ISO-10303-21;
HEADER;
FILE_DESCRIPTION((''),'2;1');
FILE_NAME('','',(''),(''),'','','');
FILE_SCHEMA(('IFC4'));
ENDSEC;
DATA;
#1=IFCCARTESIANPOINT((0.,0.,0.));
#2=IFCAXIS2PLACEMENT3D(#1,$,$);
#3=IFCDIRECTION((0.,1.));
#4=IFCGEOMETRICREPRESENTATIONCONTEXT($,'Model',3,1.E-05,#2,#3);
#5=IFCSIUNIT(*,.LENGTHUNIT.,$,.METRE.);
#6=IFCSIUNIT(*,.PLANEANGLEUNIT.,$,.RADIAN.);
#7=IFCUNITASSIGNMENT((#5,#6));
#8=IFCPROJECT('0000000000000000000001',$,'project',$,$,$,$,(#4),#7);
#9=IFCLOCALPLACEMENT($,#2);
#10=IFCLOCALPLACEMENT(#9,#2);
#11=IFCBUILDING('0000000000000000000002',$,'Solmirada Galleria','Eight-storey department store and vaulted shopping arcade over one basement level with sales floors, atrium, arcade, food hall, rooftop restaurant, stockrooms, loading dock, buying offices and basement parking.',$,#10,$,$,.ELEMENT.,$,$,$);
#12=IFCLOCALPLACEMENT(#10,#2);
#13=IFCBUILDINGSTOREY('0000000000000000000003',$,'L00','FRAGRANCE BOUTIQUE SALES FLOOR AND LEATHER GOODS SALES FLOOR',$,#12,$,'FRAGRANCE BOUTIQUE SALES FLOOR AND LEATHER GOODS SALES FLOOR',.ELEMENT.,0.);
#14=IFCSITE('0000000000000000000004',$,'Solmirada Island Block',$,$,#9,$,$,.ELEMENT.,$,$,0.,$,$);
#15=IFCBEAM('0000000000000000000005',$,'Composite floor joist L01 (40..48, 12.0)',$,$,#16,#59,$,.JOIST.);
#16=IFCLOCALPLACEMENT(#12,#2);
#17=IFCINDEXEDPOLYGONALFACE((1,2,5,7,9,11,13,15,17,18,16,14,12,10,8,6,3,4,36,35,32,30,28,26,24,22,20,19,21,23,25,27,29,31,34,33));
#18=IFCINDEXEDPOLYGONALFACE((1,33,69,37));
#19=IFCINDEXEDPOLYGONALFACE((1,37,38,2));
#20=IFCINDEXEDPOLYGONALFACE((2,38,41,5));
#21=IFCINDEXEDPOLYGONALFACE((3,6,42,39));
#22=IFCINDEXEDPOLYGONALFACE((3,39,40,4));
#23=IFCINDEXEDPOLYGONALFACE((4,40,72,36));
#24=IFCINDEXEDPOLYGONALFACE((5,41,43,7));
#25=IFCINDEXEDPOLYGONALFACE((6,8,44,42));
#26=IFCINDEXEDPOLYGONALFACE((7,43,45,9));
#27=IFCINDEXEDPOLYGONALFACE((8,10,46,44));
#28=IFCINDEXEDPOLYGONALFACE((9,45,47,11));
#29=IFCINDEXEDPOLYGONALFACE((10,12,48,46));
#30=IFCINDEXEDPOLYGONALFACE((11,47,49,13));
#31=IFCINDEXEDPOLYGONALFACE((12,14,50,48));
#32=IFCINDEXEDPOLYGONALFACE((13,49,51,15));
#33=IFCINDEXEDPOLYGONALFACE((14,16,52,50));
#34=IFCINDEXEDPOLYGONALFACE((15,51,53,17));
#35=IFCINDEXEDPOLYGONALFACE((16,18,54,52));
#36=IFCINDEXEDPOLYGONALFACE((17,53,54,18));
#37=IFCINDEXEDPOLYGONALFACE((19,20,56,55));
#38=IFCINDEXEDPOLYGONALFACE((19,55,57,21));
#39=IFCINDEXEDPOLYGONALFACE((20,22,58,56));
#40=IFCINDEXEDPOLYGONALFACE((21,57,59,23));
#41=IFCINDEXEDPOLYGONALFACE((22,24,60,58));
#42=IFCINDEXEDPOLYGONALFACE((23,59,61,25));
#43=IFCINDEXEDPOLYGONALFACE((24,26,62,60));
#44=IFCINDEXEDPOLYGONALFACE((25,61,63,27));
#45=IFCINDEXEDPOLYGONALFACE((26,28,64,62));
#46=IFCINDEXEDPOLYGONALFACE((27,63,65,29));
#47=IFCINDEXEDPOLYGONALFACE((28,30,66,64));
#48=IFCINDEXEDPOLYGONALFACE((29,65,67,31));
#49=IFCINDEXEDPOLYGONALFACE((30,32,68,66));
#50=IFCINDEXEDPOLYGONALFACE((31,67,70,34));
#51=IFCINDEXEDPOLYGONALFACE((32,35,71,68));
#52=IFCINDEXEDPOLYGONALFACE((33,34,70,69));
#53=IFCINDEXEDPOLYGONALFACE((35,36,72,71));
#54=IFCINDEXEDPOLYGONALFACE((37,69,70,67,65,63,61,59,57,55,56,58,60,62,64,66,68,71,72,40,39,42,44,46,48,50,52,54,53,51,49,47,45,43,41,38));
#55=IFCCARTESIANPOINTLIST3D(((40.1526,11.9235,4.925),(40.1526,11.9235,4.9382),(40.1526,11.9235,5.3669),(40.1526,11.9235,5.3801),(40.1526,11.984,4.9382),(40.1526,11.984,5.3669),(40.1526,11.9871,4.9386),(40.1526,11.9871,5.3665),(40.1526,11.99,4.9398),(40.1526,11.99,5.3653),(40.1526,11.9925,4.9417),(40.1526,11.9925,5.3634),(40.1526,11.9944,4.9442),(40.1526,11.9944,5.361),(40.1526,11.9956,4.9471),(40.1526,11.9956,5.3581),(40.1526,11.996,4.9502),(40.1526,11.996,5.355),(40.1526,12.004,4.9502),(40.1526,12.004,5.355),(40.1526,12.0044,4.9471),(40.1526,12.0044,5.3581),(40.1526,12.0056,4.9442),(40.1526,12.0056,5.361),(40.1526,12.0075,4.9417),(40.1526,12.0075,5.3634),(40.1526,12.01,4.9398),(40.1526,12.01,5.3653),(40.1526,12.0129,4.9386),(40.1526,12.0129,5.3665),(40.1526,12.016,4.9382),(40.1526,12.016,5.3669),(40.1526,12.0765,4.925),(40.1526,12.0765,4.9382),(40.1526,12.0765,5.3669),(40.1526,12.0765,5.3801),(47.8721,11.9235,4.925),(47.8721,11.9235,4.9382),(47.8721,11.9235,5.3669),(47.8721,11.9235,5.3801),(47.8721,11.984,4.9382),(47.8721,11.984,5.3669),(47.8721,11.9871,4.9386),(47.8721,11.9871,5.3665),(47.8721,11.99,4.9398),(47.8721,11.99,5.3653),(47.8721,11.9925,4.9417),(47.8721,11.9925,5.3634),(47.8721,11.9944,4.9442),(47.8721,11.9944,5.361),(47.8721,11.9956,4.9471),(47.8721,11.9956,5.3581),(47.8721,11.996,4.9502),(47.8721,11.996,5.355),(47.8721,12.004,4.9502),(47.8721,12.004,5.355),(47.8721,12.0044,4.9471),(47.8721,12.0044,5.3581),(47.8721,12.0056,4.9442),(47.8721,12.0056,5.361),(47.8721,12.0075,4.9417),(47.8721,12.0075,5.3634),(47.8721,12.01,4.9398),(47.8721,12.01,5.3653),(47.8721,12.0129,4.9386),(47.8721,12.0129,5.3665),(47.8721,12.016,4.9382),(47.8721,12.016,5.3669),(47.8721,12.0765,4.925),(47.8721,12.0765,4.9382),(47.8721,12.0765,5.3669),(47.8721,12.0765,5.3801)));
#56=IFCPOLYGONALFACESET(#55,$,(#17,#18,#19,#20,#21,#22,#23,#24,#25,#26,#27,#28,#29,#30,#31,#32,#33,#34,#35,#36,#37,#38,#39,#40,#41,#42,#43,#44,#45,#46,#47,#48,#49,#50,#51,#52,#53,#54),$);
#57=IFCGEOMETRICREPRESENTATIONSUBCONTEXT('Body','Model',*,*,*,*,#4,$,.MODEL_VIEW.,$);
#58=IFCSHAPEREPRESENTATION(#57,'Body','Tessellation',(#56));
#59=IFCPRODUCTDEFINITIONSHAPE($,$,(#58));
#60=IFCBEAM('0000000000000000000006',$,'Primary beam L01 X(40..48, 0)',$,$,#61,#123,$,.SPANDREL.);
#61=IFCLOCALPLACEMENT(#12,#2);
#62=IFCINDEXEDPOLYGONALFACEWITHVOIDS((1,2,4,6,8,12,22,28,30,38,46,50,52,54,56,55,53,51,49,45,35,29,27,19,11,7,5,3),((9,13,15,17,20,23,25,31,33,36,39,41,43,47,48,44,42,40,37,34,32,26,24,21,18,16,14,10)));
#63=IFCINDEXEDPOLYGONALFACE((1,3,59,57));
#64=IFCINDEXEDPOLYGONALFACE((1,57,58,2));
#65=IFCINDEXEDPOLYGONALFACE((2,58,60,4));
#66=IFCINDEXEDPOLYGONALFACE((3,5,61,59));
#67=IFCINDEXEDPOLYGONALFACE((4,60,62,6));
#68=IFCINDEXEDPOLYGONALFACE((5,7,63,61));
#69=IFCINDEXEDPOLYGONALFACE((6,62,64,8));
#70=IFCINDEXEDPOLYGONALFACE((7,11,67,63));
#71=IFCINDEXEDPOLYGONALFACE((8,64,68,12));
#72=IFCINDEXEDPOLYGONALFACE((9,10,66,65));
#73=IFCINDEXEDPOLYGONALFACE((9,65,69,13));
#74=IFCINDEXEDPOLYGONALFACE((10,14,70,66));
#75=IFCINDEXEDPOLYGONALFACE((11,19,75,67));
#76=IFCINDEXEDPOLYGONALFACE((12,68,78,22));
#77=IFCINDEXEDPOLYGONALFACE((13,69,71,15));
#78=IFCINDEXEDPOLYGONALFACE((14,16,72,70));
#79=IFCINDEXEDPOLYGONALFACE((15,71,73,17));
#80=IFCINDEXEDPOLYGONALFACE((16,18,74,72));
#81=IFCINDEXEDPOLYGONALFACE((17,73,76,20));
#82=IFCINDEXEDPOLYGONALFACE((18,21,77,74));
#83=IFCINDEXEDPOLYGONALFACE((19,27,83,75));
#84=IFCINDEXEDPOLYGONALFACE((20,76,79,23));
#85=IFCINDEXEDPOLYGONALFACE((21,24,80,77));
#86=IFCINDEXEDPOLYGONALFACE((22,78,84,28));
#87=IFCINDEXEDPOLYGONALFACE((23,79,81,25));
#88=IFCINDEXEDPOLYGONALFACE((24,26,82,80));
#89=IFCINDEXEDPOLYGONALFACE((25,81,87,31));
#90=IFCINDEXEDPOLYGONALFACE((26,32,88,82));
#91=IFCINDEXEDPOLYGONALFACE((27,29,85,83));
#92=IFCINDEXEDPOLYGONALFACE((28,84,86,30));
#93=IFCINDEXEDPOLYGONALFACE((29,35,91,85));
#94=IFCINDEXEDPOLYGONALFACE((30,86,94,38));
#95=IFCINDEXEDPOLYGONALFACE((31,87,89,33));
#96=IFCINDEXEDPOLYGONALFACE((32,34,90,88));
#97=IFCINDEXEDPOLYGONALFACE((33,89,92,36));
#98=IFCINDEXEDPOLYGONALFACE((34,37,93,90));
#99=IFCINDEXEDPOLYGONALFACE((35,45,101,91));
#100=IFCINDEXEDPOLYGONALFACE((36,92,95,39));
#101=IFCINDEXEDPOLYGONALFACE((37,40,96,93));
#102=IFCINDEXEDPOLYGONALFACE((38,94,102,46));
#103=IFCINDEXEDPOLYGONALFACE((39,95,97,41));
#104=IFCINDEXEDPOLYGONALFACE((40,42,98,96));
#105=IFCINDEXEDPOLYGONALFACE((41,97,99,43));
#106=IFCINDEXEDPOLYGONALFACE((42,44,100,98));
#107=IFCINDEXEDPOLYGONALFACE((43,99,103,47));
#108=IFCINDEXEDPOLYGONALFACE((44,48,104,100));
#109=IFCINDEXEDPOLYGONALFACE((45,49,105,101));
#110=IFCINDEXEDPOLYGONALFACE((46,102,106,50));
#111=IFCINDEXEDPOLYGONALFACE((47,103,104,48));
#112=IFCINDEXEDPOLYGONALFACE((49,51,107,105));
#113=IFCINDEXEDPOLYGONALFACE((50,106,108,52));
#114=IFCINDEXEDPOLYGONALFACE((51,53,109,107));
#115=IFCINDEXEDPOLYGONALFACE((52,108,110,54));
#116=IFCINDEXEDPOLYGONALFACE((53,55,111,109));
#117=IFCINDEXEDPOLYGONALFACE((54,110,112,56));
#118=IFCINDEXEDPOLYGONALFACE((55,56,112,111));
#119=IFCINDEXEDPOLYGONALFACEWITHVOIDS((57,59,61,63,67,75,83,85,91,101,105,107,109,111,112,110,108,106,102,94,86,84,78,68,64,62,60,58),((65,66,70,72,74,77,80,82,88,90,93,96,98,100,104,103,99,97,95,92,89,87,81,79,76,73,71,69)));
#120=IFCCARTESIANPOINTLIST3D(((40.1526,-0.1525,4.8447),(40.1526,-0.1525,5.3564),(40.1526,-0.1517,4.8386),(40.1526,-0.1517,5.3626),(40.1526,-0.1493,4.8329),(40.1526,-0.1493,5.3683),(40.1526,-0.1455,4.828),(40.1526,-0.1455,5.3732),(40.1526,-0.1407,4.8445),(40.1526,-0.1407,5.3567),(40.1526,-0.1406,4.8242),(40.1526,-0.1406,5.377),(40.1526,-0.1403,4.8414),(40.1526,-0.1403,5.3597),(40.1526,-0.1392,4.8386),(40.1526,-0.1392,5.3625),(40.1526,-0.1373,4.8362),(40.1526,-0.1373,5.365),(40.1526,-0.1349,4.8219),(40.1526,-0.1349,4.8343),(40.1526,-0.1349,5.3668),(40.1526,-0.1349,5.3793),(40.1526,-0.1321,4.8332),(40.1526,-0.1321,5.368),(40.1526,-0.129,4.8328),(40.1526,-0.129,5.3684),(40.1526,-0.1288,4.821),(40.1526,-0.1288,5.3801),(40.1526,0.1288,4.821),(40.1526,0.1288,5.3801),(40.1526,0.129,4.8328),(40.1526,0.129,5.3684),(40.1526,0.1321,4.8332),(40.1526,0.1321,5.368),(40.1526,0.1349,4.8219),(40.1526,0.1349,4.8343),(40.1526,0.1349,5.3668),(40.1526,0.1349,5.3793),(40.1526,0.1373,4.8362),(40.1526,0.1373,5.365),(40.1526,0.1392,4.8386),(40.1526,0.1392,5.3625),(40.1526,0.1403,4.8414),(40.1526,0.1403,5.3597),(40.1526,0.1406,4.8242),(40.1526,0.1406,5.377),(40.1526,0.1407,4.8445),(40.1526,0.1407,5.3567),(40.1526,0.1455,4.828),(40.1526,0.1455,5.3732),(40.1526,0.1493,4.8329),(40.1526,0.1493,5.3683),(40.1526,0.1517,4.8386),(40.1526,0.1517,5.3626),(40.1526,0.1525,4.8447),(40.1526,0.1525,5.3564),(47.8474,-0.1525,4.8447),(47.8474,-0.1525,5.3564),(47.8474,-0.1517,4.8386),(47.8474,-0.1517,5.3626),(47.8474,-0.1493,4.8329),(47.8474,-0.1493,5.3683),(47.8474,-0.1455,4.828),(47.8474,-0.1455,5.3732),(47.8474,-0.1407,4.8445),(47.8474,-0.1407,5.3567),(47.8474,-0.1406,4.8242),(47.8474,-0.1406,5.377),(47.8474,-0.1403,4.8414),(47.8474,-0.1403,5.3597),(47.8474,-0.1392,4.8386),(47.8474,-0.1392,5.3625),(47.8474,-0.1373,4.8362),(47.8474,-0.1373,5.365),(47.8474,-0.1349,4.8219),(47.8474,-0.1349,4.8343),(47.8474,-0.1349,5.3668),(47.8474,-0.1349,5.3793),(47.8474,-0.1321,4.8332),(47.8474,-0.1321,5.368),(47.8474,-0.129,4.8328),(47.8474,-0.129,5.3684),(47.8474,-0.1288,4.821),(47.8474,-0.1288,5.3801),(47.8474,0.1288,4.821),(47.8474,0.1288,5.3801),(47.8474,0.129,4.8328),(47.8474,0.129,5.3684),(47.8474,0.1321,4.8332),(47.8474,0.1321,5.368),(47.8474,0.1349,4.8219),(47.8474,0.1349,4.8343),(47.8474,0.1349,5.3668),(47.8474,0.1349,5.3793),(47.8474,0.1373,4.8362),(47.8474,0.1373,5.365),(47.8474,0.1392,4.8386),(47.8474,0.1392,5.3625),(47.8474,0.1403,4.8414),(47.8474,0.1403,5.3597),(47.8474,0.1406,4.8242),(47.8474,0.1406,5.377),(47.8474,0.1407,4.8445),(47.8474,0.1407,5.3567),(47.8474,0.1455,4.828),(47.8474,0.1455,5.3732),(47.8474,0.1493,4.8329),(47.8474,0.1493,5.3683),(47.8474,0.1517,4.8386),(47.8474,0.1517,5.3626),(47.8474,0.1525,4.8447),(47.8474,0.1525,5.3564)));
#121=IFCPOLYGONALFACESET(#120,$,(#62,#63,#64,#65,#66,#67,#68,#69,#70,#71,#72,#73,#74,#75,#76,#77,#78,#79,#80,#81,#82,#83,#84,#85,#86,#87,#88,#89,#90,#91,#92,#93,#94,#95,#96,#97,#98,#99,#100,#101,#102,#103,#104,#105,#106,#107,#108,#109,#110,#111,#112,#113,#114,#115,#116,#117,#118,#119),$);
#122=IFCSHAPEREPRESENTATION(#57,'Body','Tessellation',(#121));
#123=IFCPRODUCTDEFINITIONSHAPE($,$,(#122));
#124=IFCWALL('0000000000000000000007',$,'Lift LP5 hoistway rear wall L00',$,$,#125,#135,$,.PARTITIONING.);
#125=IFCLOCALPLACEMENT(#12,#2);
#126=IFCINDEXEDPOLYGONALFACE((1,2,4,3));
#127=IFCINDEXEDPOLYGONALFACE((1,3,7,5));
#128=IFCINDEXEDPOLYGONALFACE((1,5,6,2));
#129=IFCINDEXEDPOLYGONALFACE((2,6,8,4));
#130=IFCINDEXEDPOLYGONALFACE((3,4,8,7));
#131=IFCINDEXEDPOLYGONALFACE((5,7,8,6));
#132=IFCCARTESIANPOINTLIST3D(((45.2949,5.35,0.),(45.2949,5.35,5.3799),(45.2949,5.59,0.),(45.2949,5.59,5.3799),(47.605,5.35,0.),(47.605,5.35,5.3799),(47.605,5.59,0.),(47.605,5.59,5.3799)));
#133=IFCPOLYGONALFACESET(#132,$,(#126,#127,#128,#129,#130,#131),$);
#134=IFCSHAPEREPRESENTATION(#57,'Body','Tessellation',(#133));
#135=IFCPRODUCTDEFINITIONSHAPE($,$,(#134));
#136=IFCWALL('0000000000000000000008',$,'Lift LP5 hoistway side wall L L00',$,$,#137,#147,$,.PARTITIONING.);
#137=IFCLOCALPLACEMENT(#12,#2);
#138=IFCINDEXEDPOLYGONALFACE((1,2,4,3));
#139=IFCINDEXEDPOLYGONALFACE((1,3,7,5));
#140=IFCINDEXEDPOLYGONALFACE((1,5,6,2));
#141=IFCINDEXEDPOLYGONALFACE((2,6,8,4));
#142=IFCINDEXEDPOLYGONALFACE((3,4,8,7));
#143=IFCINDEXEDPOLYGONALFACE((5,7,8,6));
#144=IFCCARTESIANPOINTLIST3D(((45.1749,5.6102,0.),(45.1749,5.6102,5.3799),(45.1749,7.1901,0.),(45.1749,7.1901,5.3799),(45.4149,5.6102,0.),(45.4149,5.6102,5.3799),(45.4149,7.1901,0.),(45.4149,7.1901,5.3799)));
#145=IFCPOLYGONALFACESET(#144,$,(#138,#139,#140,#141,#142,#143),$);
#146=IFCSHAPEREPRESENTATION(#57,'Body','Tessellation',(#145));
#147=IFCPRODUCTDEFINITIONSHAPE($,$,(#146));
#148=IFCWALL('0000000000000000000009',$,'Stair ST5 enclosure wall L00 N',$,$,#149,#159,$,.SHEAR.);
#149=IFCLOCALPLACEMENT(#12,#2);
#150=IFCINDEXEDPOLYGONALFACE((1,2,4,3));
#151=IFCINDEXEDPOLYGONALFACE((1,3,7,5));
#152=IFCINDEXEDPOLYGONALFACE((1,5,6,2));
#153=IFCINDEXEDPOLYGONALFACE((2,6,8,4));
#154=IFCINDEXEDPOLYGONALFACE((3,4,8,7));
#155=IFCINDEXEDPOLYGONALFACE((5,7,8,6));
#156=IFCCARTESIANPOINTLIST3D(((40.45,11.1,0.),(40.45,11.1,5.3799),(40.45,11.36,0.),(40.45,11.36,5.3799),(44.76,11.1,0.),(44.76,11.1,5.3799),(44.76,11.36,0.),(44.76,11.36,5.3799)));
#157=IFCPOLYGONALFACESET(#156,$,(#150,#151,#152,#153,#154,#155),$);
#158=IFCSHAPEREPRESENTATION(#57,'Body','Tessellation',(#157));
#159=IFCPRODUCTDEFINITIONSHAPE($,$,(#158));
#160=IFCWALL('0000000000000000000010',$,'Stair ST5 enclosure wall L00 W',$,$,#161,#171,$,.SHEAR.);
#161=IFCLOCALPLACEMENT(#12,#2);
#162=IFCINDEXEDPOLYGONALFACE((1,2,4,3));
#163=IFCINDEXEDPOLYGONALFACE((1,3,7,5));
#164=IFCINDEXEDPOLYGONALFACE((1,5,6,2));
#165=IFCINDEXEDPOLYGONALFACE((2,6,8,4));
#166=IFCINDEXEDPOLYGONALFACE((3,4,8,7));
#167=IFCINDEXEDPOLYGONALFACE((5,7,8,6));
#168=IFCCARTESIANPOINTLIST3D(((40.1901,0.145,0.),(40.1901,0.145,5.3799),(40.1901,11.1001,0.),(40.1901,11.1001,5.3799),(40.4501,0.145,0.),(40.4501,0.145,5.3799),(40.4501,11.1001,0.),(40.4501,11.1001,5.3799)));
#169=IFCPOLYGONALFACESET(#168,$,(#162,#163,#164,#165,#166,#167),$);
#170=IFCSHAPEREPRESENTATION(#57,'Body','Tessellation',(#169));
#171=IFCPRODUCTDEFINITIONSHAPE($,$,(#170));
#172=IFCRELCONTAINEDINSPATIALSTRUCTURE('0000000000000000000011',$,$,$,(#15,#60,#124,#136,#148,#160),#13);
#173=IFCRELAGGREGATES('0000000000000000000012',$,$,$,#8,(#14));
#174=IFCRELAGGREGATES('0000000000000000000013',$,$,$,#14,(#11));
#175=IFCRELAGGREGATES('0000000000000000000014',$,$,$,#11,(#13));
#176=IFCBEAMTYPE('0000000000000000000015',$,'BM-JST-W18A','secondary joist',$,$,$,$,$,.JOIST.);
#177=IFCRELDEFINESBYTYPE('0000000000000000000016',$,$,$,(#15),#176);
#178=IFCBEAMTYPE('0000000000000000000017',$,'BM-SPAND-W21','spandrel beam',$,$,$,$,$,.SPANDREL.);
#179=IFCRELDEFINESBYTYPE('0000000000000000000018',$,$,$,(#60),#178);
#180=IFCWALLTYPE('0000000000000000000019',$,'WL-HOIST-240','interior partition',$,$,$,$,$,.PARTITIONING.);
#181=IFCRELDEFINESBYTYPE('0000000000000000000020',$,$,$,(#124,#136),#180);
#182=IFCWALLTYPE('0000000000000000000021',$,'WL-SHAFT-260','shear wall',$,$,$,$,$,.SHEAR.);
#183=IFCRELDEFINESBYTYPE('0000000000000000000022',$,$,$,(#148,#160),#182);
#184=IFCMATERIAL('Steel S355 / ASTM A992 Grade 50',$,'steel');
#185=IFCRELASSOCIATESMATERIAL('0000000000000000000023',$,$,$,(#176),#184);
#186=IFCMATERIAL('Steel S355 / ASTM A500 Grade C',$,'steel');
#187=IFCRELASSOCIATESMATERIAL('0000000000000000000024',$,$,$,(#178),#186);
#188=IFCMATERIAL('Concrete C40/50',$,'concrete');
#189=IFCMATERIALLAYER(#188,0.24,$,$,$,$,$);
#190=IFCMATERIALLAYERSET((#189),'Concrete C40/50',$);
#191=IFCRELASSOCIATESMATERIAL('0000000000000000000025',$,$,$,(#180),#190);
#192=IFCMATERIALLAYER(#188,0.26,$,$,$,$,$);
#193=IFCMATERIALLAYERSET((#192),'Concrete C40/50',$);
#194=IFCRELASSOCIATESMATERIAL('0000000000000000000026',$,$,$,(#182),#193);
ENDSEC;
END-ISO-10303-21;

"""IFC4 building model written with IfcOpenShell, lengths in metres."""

from ifc_helpers import new_model, si_unit, direction, frame, frame_2d, origin, origin_2d, place, context, subcontext, project, spatial, rectangle, hollow_rectangle, i_section, extrude, material, layer, layer_set, material_profile, profile_set, type_object, element, save


model = new_model("IFC4")

# Units and contexts
model_context = context("Model", 3, precision=1e-05, world=origin(), true_north=direction((0.0, 1.0)))
body_context = subcontext(model_context, "Body", "Model", "MODEL_VIEW")
ifc_project = project(units=[si_unit("LENGTHUNIT", "METRE"), si_unit("PLANEANGLEUNIT", "RADIAN")], contexts=[model_context])

# Site, building, storey
site_placement = place(None, origin())
site = spatial("IfcSite", under=ifc_project, at=site_placement, Name="Solmirada Island Block", CompositionType="ELEMENT", RefElevation=0.0)
building_placement = place(site_placement, origin())
building = spatial("IfcBuilding", under=site, at=building_placement, Name="Solmirada Galleria", Description="Eight-storey department store and vaulted shopping arcade over one basement level with sales floors, atrium, arcade, food hall, rooftop restaurant, stockrooms, loading dock, buying offices and basement parking.", CompositionType="ELEMENT")
storey_placement = place(building_placement, origin())
storey = spatial("IfcBuildingStorey", under=building, at=storey_placement, Name="L00", Description="FRAGRANCE BOUTIQUE SALES FLOOR AND LEATHER GOODS SALES FLOOR", LongName="FRAGRANCE BOUTIQUE SALES FLOOR AND LEATHER GOODS SALES FLOOR", CompositionType="ELEMENT", Elevation=0.0)

# Beams
ifc_material_1 = material(Name="Steel S355 / ASTM A992 Grade 50", Category="steel")
ifc_material_profile_1 = material_profile(ifc_material_1, i_section(OverallWidth=0.1531, OverallDepth=0.4551, WebThickness=0.0081, FlangeThickness=0.0132, FilletRadius=0.012, at=origin_2d()), Name="W18X40")
ifc_profile_set_1 = profile_set([ifc_material_profile_1], Name="Steel S355 / ASTM A992 Grade 50")
beam_type_1 = type_object("IfcBeamType", Name="BM-JST-W18A", Description="secondary joist", PredefinedType="JOIST", material=ifc_profile_set_1)
beam_1_placement = place(storey_placement, frame((40.1526, 12.0, 5.1526), z_axis=(1.0, 0.0, 0.0), x_axis=(0.0, 1.0, 0.0)))
element("IfcBeam", 1, at=beam_1_placement, inside=storey, type_object=beam_type_1, Name="Composite floor joist L01 (40..48, 12.0)", PredefinedType="JOIST", context=body_context, shape_type="SweptSolid", body=[
    extrude(i_section(OverallWidth=0.1531, OverallDepth=0.4551, WebThickness=0.0081, FlangeThickness=0.0132, FilletRadius=0.012, at=origin_2d()), origin(), (0.0, 0.0, 1.0), 7.7195),
])
ifc_material_2 = material(Name="Steel S355 / ASTM A500 Grade C", Category="steel")
ifc_material_profile_2 = material_profile(ifc_material_2, hollow_rectangle(XDim=0.3049, YDim=0.5591, WallThickness=0.0117, InnerFilletRadius=0.0117, OuterFilletRadius=0.0237, at=origin_2d()), Name="HSS22X12X1/2")
ifc_profile_set_2 = profile_set([ifc_material_profile_2], Name="Steel S355 / ASTM A500 Grade C")
beam_type_2 = type_object("IfcBeamType", Name="BM-SPAND-W21", Description="spandrel beam", PredefinedType="SPANDREL", material=ifc_profile_set_2)
beam_2_placement = place(storey_placement, frame((40.1526, 0.0, 5.1006), z_axis=(1.0, 0.0, 0.0), x_axis=(0.0, 1.0, 0.0)))
element("IfcBeam", 2, at=beam_2_placement, inside=storey, type_object=beam_type_2, Name="Primary beam L01 X(40..48, 0)", PredefinedType="SPANDREL", context=body_context, shape_type="SweptSolid", body=[
    extrude(hollow_rectangle(XDim=0.3049, YDim=0.5591, WallThickness=0.0117, InnerFilletRadius=0.0117, OuterFilletRadius=0.0237, at=origin_2d()), origin(), (0.0, 0.0, 1.0), 7.6948),
])

# Walls
ifc_material_3 = material(Name="Concrete C40/50", Category="concrete")
ifc_layer_1 = layer(ifc_material_3, 0.24)
ifc_layer_set_1 = layer_set([ifc_layer_1], Name="Concrete C40/50")
wall_type_1 = type_object("IfcWallType", Name="WL-HOIST-240", Description="interior partition", PredefinedType="PARTITIONING", material=ifc_layer_set_1)
wall_1_placement = place(storey_placement, frame((45.2949, 5.47, 0.0), z_axis=(0.0, 0.0, 1.0), x_axis=(1.0, 0.0, 0.0)))
element("IfcWall", 3, at=wall_1_placement, inside=storey, type_object=wall_type_1, Name="Lift LP5 hoistway rear wall L00", PredefinedType="PARTITIONING", context=body_context, shape_type="SweptSolid", body=[
    extrude(rectangle(XDim=2.3101, YDim=0.24, at=frame_2d((1.155, 0.0))), origin(), (0.0, 0.0, 1.0), 5.3799),
])
wall_2_placement = place(storey_placement, frame((45.2949, 5.6101, 0.0), z_axis=(0.0, 0.0, 1.0), x_axis=(0.0, 1.0, 0.0)))
element("IfcWall", 4, at=wall_2_placement, inside=storey, type_object=wall_type_1, Name="Lift LP5 hoistway side wall L L00", PredefinedType="PARTITIONING", context=body_context, shape_type="SweptSolid", body=[
    extrude(rectangle(XDim=1.5798, YDim=0.24, at=frame_2d((0.79, 0.0))), origin(), (0.0, 0.0, 1.0), 5.3799),
])
ifc_layer_2 = layer(ifc_material_3, 0.26)
ifc_layer_set_2 = layer_set([ifc_layer_2], Name="Concrete C40/50")
wall_type_2 = type_object("IfcWallType", Name="WL-SHAFT-260", Description="shear wall", PredefinedType="SHEAR", material=ifc_layer_set_2)
wall_3_placement = place(storey_placement, frame((40.45, 11.23, 0.0), z_axis=(0.0, 0.0, 1.0), x_axis=(1.0, 0.0, 0.0)))
element("IfcWall", 5, at=wall_3_placement, inside=storey, type_object=wall_type_2, Name="Stair ST5 enclosure wall L00 N", PredefinedType="SHEAR", context=body_context, shape_type="SweptSolid", body=[
    extrude(rectangle(XDim=4.3101, YDim=0.26, at=frame_2d((2.155, 0.0))), origin(), (0.0, 0.0, 1.0), 5.3799),
])
wall_4_placement = place(storey_placement, frame((40.3201, 0.145, 0.0), z_axis=(0.0, 0.0, 1.0), x_axis=(0.0, 1.0, 0.0)))
element("IfcWall", 6, at=wall_4_placement, inside=storey, type_object=wall_type_2, Name="Stair ST5 enclosure wall L00 W", PredefinedType="SHEAR", context=body_context, shape_type="SweptSolid", body=[
    extrude(rectangle(XDim=10.9551, YDim=0.26, at=frame_2d((5.4775, 0.0))), origin(), (0.0, 0.0, 1.0), 5.3799),
])

save(model, "model.ifc")
